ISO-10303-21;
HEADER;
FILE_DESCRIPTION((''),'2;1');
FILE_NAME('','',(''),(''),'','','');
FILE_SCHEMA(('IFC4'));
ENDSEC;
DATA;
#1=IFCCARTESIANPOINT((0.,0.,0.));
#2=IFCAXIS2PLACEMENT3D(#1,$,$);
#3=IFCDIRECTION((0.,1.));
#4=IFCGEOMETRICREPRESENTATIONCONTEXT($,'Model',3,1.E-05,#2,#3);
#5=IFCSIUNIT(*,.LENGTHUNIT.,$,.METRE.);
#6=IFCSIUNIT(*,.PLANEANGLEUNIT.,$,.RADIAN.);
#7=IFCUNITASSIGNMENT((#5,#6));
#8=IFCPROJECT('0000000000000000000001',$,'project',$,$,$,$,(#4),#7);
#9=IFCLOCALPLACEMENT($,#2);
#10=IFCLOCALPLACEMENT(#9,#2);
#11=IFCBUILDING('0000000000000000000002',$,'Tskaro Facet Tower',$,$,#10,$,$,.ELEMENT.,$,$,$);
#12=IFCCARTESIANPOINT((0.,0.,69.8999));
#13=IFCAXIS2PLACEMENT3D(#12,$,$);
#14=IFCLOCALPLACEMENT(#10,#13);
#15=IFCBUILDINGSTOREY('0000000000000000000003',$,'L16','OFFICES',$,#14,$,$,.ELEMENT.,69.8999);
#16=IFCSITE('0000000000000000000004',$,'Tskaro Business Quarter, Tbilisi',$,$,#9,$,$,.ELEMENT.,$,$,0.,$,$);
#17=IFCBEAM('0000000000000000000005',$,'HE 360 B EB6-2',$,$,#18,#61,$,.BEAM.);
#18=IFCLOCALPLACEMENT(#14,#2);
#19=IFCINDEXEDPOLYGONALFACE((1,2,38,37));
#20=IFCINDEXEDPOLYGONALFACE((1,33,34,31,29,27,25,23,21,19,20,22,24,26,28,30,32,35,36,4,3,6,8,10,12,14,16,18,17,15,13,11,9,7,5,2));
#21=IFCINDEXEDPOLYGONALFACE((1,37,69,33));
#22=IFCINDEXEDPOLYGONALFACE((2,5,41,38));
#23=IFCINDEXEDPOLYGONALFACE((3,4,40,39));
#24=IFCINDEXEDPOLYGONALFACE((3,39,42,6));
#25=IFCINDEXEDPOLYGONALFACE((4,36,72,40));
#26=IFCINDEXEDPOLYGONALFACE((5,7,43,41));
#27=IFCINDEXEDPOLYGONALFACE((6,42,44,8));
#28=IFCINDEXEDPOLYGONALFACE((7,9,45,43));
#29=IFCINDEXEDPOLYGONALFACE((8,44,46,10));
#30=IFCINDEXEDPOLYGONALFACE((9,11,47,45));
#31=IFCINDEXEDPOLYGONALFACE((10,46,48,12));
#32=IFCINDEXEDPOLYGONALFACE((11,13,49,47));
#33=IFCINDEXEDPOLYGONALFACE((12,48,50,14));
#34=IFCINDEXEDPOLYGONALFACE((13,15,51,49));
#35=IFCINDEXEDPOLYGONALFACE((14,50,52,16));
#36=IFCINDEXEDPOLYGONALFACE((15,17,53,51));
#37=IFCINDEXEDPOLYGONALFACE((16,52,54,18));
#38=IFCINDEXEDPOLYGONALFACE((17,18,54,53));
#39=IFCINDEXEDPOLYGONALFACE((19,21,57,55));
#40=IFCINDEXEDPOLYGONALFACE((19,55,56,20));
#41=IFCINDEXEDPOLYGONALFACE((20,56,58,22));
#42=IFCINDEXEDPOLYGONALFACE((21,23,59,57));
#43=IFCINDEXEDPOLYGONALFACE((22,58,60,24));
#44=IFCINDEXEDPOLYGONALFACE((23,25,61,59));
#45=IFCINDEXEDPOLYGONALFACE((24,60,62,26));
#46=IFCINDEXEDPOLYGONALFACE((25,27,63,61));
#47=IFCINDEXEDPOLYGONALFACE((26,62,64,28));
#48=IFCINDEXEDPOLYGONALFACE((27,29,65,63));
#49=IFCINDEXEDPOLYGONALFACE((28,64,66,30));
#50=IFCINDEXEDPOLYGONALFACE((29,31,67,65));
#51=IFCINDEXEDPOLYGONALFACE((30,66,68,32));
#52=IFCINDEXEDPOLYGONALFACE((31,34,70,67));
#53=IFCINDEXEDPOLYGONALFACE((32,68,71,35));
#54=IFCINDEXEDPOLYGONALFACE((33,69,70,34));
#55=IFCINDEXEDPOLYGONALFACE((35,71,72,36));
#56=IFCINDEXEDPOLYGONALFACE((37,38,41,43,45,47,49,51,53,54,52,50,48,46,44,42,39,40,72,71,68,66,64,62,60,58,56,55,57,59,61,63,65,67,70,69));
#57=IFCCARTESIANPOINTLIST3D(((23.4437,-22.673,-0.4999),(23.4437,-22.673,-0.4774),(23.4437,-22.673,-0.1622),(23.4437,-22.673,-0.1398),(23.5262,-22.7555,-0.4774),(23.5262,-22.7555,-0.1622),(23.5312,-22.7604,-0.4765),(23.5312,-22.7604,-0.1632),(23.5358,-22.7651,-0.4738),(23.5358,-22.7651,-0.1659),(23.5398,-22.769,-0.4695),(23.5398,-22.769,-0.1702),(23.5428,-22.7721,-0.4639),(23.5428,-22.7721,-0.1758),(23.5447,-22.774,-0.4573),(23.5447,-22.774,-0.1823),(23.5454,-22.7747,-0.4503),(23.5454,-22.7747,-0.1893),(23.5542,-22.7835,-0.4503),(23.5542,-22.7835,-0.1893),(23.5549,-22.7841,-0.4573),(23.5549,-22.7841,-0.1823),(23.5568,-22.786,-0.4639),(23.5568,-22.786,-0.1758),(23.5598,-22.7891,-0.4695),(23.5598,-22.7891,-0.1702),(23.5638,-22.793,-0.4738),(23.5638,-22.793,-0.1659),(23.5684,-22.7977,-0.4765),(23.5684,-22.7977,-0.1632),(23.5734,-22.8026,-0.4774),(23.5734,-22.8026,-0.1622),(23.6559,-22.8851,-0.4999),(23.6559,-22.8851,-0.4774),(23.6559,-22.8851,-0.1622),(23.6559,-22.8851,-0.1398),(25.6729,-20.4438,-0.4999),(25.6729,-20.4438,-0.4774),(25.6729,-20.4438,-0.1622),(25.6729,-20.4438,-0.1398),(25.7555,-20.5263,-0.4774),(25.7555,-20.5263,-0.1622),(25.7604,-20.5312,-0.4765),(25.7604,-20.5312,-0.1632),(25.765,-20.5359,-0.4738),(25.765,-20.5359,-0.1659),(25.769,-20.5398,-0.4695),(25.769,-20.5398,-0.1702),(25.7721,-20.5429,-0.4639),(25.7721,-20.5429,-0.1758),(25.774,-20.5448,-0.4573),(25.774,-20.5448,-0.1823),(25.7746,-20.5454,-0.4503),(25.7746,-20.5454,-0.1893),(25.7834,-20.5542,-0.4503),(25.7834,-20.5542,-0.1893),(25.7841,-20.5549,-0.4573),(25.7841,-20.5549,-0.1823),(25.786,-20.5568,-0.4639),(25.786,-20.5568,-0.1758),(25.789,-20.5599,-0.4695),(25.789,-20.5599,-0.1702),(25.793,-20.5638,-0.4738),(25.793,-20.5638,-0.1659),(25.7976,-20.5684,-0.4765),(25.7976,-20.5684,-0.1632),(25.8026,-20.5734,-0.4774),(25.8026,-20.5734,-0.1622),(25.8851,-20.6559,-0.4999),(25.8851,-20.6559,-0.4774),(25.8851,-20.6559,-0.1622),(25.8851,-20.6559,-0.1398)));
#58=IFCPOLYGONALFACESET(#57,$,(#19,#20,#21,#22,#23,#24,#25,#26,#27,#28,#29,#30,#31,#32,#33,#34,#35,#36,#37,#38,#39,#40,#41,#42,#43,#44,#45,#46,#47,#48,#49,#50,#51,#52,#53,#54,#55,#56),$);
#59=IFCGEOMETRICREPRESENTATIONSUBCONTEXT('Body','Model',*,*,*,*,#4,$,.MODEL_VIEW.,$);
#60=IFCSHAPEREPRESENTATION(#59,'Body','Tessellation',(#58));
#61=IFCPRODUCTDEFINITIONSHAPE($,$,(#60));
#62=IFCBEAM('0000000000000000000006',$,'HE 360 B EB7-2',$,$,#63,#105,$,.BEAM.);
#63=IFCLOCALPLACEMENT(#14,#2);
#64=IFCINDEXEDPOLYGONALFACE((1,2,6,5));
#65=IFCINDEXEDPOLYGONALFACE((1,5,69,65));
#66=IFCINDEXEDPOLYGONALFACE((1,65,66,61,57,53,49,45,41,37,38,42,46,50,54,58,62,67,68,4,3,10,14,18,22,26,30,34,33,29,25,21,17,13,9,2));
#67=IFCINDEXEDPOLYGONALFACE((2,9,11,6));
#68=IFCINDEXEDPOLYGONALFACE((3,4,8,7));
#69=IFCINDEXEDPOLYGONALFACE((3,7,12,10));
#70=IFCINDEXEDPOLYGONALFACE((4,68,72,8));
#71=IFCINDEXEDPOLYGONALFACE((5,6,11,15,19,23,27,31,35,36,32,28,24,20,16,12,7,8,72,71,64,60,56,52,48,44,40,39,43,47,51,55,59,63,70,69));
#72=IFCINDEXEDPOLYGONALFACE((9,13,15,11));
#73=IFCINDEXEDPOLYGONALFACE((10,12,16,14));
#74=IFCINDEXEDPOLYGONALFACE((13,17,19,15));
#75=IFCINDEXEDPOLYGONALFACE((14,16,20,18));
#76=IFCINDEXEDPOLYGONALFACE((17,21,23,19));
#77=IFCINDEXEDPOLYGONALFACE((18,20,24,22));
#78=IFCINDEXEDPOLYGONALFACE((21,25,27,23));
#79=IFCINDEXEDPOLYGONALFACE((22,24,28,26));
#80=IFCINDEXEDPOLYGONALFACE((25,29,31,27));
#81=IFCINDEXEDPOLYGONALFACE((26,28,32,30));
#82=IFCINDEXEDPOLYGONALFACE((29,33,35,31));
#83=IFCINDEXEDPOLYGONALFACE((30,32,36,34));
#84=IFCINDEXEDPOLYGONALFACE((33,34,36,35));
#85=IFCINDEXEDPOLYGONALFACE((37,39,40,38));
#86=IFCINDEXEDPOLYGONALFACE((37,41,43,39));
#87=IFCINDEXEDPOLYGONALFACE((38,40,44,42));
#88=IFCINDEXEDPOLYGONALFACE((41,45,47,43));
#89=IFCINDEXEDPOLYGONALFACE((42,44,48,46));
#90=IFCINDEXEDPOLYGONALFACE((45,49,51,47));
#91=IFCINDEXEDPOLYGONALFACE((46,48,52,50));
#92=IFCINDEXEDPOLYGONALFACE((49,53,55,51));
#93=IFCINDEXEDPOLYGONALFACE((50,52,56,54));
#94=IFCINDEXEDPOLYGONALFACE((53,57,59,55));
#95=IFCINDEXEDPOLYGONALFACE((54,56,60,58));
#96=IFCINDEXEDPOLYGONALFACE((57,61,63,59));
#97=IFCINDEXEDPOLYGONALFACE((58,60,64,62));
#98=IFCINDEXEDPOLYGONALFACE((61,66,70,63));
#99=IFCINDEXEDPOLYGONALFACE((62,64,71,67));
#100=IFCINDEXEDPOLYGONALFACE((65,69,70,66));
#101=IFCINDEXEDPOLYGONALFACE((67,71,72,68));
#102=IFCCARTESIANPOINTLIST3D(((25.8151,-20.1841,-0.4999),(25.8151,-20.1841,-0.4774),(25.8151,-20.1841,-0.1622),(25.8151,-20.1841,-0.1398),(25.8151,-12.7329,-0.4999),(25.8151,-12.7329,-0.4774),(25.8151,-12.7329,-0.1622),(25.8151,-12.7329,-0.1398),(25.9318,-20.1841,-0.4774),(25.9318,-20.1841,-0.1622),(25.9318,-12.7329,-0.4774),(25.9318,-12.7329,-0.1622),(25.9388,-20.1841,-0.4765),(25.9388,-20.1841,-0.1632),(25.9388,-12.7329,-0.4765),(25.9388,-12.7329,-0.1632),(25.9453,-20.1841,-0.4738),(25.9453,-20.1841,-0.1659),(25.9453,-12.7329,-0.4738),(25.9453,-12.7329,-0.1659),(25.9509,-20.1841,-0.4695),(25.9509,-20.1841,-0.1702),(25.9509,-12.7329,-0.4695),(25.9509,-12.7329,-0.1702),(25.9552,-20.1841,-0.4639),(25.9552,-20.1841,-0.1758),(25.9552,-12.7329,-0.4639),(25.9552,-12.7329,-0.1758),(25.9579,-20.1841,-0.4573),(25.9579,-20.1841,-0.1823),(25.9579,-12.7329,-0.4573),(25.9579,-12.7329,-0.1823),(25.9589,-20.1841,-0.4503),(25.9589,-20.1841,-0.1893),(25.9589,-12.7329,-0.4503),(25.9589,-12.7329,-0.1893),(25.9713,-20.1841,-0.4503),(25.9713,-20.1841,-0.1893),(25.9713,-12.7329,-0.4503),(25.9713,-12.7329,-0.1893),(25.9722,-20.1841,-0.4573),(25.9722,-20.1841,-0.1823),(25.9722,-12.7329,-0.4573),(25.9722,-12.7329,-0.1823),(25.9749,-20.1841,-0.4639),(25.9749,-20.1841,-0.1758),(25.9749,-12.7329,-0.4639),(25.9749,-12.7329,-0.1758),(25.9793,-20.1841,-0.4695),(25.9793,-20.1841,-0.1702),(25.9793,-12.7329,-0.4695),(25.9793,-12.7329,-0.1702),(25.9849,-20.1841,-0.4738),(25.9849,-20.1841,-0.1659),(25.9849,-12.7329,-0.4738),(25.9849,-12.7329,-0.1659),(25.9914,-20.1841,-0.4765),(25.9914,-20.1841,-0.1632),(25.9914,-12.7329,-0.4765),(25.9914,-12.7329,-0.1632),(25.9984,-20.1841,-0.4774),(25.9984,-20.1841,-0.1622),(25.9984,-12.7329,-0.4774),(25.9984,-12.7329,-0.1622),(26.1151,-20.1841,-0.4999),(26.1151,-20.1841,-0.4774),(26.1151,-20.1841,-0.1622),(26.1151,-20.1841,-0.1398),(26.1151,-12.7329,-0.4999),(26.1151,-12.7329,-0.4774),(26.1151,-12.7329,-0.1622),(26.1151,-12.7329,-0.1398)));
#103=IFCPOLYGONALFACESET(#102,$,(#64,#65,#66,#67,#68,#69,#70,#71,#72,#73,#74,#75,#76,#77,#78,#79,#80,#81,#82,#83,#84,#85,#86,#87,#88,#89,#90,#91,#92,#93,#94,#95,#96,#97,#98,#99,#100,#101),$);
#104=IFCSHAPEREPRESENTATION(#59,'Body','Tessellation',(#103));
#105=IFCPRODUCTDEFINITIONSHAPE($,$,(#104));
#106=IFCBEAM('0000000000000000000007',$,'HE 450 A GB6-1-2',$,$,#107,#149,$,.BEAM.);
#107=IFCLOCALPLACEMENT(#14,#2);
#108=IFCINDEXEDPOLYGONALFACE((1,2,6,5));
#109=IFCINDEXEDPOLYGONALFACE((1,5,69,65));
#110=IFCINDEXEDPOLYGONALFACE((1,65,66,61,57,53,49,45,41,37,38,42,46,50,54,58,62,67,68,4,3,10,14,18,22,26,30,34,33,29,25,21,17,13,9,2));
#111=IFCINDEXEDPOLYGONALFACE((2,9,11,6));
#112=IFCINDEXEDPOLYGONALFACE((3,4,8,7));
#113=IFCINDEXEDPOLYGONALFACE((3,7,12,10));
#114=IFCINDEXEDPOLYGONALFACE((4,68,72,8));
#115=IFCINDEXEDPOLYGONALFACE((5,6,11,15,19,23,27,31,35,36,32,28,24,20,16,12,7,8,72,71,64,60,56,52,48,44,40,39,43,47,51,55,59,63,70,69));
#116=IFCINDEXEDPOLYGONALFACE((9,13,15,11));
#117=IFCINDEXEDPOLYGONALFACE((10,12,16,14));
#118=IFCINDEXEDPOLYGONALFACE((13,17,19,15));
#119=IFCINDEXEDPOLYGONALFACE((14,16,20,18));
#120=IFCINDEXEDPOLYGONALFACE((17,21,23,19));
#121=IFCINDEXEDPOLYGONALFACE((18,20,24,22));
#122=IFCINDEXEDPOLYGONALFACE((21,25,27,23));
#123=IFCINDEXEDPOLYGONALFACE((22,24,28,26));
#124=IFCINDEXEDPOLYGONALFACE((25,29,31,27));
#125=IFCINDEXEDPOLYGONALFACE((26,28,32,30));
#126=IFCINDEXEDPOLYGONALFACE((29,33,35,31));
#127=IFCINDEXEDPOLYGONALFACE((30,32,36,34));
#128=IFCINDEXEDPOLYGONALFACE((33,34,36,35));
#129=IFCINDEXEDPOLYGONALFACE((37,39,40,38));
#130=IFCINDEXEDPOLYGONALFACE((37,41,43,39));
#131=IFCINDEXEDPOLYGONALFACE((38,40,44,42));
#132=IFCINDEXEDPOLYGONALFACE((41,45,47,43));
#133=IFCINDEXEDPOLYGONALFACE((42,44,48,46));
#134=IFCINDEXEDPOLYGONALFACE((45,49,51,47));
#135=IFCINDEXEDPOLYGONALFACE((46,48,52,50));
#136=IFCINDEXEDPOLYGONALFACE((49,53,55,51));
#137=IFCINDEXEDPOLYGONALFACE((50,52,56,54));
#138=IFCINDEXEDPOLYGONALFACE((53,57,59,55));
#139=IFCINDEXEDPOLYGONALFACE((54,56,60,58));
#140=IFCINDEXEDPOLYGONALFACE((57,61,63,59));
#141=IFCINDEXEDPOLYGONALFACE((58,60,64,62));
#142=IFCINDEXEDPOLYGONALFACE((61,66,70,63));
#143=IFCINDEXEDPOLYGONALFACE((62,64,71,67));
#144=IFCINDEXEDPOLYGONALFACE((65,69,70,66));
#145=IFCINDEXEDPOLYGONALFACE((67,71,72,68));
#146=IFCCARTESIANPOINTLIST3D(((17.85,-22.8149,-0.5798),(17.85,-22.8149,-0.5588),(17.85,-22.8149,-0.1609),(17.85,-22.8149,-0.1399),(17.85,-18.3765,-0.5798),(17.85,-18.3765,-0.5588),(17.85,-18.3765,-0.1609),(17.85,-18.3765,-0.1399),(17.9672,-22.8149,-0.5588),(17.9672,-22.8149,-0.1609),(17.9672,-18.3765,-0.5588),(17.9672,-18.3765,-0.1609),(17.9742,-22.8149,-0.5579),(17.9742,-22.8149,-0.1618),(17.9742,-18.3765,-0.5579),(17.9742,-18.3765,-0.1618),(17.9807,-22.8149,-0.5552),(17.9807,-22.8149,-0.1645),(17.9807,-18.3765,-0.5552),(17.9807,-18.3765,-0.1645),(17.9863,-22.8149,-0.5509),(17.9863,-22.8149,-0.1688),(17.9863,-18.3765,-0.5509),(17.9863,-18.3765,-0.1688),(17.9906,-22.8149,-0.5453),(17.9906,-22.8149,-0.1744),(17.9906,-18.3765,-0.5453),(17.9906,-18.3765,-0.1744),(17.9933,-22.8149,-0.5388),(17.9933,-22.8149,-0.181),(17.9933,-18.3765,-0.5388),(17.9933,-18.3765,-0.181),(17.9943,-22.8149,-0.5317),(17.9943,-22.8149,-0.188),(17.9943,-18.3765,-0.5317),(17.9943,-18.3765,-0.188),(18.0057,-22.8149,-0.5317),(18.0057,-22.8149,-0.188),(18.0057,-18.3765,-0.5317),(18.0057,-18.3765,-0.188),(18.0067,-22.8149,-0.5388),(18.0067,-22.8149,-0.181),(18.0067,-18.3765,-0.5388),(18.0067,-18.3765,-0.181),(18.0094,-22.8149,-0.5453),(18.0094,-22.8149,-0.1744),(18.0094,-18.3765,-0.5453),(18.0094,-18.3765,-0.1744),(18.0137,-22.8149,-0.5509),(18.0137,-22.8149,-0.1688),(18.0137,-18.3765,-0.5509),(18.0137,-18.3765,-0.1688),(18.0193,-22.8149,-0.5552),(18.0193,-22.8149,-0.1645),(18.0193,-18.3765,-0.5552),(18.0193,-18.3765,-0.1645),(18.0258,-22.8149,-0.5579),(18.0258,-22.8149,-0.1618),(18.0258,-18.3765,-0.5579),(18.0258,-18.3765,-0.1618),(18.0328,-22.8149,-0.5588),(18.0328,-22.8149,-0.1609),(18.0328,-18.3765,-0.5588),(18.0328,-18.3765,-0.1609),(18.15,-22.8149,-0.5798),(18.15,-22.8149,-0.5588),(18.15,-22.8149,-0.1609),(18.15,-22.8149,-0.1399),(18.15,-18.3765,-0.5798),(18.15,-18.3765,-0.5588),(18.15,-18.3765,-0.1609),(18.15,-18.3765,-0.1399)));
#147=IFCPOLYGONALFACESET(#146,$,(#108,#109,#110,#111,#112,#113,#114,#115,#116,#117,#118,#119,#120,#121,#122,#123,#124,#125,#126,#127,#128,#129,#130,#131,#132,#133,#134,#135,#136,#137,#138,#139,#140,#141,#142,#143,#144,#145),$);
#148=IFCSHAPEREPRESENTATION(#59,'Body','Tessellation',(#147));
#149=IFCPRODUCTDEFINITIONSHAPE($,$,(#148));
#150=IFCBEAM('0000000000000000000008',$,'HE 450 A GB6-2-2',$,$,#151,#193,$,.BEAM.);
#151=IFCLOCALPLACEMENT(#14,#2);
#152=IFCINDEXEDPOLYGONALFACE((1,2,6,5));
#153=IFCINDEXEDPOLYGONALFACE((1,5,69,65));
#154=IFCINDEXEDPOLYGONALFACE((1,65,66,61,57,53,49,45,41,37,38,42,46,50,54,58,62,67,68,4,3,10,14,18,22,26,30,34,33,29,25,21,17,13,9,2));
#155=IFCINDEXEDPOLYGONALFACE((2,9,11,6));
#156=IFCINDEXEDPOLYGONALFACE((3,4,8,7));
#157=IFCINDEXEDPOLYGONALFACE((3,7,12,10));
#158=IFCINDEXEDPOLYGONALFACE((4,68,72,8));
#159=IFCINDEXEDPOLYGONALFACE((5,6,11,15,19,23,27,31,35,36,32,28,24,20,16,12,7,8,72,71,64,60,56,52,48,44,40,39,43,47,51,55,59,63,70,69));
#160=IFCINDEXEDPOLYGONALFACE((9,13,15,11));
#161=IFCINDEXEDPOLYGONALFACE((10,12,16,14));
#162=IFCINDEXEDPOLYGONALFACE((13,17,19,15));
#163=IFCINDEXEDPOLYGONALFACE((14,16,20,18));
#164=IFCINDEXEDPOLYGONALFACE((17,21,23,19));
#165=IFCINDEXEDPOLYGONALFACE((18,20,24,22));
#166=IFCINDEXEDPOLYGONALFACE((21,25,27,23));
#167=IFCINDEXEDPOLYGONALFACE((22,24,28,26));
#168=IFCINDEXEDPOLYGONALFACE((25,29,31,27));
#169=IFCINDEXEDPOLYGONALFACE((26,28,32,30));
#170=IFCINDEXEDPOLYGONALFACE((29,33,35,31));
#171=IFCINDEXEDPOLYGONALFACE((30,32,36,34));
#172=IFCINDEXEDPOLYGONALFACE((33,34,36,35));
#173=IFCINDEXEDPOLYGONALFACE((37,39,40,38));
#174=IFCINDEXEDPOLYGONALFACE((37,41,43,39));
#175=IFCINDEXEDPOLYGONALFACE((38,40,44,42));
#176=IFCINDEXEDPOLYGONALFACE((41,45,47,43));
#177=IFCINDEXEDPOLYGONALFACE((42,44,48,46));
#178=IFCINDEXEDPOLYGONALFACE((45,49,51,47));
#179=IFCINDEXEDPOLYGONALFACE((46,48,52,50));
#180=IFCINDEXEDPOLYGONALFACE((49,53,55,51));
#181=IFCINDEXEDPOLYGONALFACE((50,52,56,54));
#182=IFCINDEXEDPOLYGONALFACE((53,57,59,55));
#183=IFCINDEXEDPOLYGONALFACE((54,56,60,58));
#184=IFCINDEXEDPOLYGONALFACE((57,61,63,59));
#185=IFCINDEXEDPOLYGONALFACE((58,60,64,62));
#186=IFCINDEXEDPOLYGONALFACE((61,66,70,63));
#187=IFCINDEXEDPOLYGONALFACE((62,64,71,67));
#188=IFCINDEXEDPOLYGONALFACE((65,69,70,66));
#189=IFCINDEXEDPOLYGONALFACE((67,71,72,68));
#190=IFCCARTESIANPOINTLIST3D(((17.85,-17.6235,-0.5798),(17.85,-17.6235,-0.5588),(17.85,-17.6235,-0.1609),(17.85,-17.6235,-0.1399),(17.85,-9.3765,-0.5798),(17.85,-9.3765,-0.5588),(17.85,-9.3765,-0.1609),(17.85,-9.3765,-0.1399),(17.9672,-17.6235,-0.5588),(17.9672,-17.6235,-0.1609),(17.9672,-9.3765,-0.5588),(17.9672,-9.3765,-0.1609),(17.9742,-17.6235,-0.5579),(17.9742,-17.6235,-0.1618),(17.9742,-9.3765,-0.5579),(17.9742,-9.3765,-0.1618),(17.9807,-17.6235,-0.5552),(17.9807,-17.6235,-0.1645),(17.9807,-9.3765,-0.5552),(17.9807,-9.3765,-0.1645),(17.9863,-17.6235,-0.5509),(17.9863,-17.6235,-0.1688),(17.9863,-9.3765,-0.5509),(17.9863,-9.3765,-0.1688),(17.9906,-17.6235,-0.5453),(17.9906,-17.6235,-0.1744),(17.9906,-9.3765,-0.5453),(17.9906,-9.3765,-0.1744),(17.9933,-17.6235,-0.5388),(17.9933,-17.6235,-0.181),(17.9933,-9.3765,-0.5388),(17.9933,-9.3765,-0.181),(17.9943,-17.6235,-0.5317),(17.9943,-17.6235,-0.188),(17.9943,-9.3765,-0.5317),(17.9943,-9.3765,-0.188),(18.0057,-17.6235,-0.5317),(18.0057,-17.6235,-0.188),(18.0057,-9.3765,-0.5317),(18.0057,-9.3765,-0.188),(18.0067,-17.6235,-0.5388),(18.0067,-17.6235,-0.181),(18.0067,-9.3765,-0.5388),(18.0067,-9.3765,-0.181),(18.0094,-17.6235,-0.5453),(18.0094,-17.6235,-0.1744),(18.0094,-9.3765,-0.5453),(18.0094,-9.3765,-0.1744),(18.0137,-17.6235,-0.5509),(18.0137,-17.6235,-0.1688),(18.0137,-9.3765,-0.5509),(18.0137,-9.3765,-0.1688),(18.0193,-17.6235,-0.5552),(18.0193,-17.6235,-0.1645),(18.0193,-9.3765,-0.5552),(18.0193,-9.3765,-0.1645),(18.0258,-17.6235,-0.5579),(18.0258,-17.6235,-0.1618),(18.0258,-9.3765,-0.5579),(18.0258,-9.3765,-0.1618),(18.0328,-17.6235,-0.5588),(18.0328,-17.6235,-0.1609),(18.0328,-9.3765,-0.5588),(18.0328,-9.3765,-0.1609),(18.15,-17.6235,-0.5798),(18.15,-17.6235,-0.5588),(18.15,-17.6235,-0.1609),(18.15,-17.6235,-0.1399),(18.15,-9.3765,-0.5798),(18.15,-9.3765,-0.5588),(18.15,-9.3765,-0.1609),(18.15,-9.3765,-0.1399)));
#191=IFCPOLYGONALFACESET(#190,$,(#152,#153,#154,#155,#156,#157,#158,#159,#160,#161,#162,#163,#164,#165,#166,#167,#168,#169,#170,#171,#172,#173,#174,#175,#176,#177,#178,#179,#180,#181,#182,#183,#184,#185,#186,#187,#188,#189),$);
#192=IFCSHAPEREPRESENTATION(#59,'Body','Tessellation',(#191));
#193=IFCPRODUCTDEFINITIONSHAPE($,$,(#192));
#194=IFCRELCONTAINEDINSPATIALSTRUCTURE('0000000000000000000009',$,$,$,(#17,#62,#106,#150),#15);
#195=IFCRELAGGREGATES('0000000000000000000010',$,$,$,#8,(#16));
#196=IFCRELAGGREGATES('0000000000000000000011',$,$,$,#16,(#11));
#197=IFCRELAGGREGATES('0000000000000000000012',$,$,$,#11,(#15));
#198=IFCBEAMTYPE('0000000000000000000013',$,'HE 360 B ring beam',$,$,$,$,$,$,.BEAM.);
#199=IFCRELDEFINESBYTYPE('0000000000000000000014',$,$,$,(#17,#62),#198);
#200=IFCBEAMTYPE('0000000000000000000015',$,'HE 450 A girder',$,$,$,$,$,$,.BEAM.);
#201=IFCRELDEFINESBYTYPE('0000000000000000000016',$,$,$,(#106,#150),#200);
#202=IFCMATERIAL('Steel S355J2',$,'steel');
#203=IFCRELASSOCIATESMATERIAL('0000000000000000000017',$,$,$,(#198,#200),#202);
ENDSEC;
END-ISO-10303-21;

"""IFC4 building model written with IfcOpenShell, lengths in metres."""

from ifc_helpers import new_model, si_unit, direction, frame, origin, origin_2d, place, context, subcontext, project, spatial, i_section, extrude, material, material_profile, profile_set, type_object, element, save


model = new_model("IFC4")

# Units and contexts
model_context = context("Model", 3, precision=1e-05, world=origin(), true_north=direction((0.0, 1.0)))
body_context = subcontext(model_context, "Body", "Model", "MODEL_VIEW")
ifc_project = project(units=[si_unit("LENGTHUNIT", "METRE"), si_unit("PLANEANGLEUNIT", "RADIAN")], contexts=[model_context])

# Site, building, storey
site_placement = place(None, origin())
site = spatial("IfcSite", under=ifc_project, at=site_placement, Name="Tskaro Business Quarter, Tbilisi", CompositionType="ELEMENT", RefElevation=0.0)
building_placement = place(site_placement, origin())
building = spatial("IfcBuilding", under=site, at=building_placement, Name="Tskaro Facet Tower", CompositionType="ELEMENT")
storey_placement = place(building_placement, frame((0.0, 0.0, 69.8999)))
storey = spatial("IfcBuildingStorey", under=building, at=storey_placement, Name="L16", Description="OFFICES", CompositionType="ELEMENT", Elevation=69.8999)

# Beams
ifc_material_1 = material(Name="Steel S355J2", Category="steel")
ifc_material_profile_1 = material_profile(ifc_material_1, i_section(OverallWidth=0.3, OverallDepth=0.3601, WebThickness=0.0125, FlangeThickness=0.0225, FilletRadius=0.0271, at=origin_2d()), Name="HE 360 B")
ifc_profile_set_1 = profile_set([ifc_material_profile_1], Name="Steel S355J2")
beam_type_1 = type_object("IfcBeamType", Name="HE 360 B ring beam", PredefinedType="BEAM", material=ifc_profile_set_1)
beam_1_placement = place(storey_placement, frame((23.5498, -22.7791, -0.3198), z_axis=(0.707107, 0.707107, 0.0), x_axis=(-0.707107, 0.707107, 0.0)))
element("IfcBeam", 1, at=beam_1_placement, inside=storey, type_object=beam_type_1, Name="HE 360 B EB6-2", PredefinedType="BEAM", context=body_context, shape_type="SweptSolid", body=[
    extrude(i_section(OverallWidth=0.3, OverallDepth=0.3601, WebThickness=0.0125, FlangeThickness=0.0225, FilletRadius=0.0271, at=origin_2d()), origin(), (0.0, 0.0, 1.0), 3.1526),
])
beam_2_placement = place(storey_placement, frame((25.9651, -20.1841, -0.3198), z_axis=(0.0, 1.0, 0.0), x_axis=(-1.0, 0.0, 0.0)))
element("IfcBeam", 2, at=beam_2_placement, inside=storey, type_object=beam_type_1, Name="HE 360 B EB7-2", PredefinedType="BEAM", context=body_context, shape_type="SweptSolid", body=[
    extrude(i_section(OverallWidth=0.3, OverallDepth=0.3601, WebThickness=0.0125, FlangeThickness=0.0225, FilletRadius=0.0271, at=origin_2d()), origin(), (0.0, 0.0, 1.0), 7.4512),
])
ifc_material_profile_2 = material_profile(ifc_material_1, i_section(OverallWidth=0.3, OverallDepth=0.4399, WebThickness=0.0115, FlangeThickness=0.021, FilletRadius=0.0271, at=origin_2d()), Name="HE 450 A")
ifc_profile_set_2 = profile_set([ifc_material_profile_2], Name="Steel S355J2")
beam_type_2 = type_object("IfcBeamType", Name="HE 450 A girder", PredefinedType="BEAM", material=ifc_profile_set_2)
beam_3_placement = place(storey_placement, frame((18.0, -22.8149, -0.3599), z_axis=(0.0, 1.0, 0.0), x_axis=(-1.0, 0.0, 0.0)))
element("IfcBeam", 3, at=beam_3_placement, inside=storey, type_object=beam_type_2, Name="HE 450 A GB6-1-2", PredefinedType="BEAM", context=body_context, shape_type="SweptSolid", body=[
    extrude(i_section(OverallWidth=0.3, OverallDepth=0.4399, WebThickness=0.0115, FlangeThickness=0.021, FilletRadius=0.0271, at=origin_2d()), origin(), (0.0, 0.0, 1.0), 4.4385),
])
beam_4_placement = place(storey_placement, frame((18.0, -17.6235, -0.3599), z_axis=(0.0, 1.0, 0.0), x_axis=(-1.0, 0.0, 0.0)))
element("IfcBeam", 4, at=beam_4_placement, inside=storey, type_object=beam_type_2, Name="HE 450 A GB6-2-2", PredefinedType="BEAM", context=body_context, shape_type="SweptSolid", body=[
    extrude(i_section(OverallWidth=0.3, OverallDepth=0.4399, WebThickness=0.0115, FlangeThickness=0.021, FilletRadius=0.0271, at=origin_2d()), origin(), (0.0, 0.0, 1.0), 8.2471),
])

save(model, "model.ifc")
